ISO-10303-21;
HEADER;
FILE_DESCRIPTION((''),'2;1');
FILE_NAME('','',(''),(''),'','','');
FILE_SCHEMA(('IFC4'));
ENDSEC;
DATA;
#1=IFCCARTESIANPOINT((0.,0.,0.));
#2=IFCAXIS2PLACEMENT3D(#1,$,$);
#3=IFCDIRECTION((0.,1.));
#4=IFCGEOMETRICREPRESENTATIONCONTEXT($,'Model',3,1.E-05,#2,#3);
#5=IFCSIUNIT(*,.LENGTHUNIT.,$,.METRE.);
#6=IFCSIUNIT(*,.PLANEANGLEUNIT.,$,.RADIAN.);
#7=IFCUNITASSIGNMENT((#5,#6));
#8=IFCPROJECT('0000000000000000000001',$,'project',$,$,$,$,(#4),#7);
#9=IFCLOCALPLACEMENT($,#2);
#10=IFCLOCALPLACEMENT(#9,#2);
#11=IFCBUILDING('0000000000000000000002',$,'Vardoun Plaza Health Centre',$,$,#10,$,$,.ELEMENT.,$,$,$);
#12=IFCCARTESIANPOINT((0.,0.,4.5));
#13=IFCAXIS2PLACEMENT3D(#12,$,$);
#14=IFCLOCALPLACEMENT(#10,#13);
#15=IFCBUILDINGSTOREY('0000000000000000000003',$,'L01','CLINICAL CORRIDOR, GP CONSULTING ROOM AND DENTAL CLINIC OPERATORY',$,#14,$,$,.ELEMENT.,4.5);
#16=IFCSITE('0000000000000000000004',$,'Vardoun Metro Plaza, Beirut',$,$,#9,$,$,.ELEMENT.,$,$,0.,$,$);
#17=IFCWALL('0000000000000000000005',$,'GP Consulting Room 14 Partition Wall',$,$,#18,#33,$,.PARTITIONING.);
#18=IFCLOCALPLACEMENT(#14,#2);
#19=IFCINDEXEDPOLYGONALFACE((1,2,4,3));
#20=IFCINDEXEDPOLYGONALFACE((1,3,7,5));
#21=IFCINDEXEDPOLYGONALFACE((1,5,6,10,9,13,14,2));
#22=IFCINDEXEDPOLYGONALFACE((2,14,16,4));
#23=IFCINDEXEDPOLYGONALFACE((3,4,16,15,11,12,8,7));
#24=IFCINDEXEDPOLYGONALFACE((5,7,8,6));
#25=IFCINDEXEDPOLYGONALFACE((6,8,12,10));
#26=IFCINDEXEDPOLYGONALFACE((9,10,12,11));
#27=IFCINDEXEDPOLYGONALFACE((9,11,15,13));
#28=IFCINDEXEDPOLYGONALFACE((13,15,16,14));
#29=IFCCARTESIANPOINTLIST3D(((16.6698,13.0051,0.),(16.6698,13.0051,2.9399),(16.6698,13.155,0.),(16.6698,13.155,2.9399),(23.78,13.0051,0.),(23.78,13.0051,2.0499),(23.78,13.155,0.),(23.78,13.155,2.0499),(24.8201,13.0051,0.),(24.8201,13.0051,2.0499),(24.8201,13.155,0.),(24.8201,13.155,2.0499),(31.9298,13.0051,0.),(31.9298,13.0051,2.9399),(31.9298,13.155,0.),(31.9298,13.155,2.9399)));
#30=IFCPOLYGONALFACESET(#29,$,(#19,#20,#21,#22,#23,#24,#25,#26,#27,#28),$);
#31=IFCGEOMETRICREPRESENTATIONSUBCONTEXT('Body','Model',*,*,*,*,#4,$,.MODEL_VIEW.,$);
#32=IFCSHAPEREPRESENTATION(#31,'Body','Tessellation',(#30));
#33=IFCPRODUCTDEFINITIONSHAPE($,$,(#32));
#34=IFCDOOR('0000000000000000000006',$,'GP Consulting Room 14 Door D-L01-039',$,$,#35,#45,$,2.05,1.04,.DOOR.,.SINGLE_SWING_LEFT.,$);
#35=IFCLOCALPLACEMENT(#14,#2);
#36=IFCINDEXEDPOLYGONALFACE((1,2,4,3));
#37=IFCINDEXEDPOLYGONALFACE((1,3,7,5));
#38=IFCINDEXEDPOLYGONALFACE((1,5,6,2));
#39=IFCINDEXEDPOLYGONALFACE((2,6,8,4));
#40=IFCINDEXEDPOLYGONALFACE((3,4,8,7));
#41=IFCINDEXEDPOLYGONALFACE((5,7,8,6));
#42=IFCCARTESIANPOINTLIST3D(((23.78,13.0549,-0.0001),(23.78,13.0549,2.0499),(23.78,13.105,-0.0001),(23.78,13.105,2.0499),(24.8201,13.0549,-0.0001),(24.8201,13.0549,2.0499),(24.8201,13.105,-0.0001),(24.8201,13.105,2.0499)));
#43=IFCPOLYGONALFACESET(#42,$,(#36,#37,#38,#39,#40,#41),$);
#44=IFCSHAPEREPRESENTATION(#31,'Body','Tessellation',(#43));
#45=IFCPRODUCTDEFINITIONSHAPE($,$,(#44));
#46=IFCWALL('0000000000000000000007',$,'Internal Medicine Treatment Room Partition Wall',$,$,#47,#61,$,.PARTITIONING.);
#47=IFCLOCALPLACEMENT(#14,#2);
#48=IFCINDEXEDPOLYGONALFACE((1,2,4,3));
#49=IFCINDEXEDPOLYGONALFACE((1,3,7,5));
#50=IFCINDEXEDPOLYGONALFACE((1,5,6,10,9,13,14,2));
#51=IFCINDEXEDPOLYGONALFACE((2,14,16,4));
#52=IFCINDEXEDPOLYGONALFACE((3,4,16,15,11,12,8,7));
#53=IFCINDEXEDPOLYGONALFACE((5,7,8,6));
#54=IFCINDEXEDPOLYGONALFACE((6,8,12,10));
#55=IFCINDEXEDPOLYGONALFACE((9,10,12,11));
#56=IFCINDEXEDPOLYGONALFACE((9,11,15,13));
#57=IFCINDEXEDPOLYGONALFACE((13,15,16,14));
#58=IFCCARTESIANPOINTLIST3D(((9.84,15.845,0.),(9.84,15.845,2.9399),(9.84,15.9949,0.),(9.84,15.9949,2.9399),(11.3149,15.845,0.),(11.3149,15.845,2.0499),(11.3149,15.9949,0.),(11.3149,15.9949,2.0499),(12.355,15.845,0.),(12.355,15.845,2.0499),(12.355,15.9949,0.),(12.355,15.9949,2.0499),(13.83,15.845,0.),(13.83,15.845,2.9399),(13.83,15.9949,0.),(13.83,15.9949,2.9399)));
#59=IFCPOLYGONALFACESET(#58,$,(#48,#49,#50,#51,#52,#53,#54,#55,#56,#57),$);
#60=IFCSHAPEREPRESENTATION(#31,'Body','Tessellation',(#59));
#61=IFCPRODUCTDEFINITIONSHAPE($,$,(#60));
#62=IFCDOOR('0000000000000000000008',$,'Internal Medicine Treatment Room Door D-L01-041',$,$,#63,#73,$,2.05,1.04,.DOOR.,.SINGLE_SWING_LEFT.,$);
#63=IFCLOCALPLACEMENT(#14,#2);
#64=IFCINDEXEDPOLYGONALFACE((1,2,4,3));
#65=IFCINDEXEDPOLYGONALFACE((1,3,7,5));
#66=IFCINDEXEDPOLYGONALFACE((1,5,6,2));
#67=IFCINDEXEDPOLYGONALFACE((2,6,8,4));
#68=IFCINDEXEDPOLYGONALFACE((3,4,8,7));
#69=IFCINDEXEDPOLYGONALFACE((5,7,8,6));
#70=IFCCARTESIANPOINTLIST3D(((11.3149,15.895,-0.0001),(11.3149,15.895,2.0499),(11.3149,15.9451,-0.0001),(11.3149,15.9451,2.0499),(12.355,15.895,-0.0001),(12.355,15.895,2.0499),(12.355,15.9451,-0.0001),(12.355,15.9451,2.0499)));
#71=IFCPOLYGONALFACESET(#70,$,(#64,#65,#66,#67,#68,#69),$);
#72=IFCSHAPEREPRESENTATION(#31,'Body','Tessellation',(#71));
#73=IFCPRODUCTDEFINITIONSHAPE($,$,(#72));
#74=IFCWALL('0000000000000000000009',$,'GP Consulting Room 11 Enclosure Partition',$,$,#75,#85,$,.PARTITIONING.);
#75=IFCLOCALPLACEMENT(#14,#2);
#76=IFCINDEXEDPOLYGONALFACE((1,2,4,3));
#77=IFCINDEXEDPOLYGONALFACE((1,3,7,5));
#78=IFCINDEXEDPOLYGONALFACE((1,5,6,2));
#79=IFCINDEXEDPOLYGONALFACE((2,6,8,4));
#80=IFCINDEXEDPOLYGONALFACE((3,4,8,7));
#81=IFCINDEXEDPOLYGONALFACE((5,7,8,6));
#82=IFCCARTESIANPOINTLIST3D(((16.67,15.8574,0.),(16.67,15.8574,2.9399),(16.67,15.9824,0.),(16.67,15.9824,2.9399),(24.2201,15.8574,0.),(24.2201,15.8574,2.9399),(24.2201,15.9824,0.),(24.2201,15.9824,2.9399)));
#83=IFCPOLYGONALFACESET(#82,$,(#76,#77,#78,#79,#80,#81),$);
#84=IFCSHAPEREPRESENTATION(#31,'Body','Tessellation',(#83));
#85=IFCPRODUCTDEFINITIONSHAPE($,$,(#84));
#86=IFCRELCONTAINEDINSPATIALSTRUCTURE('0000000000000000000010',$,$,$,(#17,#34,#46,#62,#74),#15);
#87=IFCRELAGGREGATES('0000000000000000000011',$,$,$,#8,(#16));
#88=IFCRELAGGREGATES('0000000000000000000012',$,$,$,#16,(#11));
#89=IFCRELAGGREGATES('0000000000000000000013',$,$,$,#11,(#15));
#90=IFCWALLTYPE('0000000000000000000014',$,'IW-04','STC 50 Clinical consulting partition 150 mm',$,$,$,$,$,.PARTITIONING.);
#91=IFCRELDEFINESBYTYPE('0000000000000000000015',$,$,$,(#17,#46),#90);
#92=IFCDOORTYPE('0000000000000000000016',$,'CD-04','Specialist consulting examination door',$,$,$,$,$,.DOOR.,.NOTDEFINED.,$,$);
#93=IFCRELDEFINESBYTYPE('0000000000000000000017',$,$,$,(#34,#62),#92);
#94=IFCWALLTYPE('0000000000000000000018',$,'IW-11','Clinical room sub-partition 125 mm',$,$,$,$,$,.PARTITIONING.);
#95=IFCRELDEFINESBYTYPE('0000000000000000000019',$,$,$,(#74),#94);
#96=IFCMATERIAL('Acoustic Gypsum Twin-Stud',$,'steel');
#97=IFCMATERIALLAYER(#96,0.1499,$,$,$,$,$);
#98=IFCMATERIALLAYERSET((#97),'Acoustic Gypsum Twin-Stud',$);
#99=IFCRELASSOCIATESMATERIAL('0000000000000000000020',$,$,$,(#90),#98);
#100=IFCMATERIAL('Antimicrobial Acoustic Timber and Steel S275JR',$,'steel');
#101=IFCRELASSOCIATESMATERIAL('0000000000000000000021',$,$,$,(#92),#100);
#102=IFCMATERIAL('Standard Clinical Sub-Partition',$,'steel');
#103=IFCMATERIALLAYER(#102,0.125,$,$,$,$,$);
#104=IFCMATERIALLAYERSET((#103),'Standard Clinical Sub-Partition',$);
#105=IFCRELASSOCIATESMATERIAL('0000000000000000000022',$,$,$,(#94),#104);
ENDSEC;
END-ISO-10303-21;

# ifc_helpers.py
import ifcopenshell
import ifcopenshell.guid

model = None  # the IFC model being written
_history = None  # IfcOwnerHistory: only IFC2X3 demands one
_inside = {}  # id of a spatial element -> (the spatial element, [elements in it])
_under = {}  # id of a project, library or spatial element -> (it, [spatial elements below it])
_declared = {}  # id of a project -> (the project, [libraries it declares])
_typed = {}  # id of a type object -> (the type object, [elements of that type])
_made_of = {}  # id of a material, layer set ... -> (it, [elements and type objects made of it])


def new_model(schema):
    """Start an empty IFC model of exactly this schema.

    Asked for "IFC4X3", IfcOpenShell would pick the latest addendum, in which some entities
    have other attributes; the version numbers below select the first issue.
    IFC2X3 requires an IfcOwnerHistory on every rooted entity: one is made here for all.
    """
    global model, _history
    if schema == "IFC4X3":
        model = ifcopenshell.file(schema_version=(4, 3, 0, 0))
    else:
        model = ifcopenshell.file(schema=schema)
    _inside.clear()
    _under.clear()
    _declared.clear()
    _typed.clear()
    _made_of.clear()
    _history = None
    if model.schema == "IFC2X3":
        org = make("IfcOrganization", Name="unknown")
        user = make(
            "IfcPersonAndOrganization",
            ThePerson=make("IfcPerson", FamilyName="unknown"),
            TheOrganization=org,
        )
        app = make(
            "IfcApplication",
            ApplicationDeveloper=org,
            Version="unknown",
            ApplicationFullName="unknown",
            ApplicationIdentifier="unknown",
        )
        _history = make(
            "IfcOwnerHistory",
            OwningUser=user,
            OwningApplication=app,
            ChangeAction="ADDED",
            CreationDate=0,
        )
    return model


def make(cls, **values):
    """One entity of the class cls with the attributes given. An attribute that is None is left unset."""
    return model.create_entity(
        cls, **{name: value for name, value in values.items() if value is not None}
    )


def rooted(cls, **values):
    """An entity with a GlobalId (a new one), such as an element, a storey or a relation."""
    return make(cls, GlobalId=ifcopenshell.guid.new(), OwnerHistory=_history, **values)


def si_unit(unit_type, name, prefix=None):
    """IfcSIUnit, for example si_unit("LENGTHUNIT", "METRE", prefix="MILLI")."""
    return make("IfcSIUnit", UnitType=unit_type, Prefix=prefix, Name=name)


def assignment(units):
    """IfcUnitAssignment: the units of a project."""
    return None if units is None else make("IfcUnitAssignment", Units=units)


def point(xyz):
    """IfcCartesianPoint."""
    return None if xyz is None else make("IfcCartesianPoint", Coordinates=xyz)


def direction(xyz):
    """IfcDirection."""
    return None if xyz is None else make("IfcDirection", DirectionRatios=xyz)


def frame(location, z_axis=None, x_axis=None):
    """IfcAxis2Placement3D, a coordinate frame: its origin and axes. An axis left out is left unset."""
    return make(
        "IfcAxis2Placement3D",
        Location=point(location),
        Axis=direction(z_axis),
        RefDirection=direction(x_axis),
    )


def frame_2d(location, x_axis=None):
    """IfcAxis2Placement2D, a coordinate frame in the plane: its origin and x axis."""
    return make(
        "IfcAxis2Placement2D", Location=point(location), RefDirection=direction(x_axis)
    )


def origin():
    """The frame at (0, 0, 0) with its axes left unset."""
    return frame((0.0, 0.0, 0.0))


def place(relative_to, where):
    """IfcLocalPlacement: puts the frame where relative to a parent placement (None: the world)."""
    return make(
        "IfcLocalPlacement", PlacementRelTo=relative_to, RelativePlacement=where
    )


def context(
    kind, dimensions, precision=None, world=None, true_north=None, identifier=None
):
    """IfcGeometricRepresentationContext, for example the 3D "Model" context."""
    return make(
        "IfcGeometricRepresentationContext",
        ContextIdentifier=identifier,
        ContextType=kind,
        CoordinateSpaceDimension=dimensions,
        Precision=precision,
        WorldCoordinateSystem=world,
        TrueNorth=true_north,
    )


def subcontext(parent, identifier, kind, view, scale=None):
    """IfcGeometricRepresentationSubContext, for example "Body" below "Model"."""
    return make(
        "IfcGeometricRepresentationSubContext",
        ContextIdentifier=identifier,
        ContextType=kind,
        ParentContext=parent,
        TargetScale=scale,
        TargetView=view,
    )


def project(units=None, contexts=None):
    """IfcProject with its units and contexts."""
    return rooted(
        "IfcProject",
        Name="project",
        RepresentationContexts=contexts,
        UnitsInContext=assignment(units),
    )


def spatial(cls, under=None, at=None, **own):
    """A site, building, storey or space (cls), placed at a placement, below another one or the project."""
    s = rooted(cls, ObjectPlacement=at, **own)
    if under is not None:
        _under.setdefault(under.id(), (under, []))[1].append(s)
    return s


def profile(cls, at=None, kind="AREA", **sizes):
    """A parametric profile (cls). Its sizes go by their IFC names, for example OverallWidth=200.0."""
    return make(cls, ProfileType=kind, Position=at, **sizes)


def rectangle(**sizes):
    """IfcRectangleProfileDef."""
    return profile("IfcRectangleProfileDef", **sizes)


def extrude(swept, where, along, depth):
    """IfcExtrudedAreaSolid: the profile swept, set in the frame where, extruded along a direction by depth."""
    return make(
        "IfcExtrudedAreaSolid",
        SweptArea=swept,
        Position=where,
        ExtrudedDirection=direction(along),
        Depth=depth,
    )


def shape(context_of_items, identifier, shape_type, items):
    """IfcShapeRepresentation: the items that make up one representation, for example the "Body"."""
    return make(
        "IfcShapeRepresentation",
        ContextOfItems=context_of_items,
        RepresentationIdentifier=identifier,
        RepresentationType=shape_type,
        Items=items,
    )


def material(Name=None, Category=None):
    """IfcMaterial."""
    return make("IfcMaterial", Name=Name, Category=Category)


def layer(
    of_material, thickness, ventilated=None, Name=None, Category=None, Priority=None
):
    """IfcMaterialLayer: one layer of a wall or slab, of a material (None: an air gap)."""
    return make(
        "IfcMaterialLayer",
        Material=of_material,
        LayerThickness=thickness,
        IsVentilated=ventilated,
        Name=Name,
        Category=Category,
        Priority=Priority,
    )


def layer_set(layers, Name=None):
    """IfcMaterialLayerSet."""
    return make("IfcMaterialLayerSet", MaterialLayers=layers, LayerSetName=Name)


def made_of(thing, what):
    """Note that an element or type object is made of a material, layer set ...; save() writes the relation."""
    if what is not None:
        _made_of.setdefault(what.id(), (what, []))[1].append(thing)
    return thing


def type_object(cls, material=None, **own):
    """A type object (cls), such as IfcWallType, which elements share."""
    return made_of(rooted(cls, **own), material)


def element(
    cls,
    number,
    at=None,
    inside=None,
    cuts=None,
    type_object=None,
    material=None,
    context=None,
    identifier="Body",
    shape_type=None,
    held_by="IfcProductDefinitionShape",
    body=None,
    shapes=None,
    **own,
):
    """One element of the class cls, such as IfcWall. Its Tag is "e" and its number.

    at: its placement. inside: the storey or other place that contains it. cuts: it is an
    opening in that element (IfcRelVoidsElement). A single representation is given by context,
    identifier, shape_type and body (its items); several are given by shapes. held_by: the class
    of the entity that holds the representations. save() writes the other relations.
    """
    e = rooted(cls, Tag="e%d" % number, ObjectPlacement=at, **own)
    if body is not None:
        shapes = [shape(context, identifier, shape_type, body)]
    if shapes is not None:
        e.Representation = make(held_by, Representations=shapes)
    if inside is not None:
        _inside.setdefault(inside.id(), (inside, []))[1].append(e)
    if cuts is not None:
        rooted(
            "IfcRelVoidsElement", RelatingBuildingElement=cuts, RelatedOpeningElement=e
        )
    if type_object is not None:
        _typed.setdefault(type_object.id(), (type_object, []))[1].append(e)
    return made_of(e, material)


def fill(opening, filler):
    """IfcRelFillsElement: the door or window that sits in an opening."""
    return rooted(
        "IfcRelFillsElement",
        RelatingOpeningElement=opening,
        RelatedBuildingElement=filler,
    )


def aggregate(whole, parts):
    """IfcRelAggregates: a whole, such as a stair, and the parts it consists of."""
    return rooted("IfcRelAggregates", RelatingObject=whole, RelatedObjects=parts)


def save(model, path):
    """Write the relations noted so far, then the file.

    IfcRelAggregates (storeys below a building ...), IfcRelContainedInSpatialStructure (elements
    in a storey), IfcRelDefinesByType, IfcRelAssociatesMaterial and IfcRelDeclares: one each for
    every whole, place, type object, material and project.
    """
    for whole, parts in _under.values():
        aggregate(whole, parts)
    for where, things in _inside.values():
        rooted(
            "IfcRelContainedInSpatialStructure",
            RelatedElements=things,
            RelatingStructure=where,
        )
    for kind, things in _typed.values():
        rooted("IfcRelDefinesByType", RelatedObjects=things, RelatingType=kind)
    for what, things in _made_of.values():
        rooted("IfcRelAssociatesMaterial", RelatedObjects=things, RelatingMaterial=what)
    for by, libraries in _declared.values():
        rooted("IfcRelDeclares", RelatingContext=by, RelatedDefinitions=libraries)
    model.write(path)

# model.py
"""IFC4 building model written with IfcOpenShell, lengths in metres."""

from ifc_helpers import new_model, si_unit, direction, frame, frame_2d, origin, place, context, subcontext, project, spatial, rectangle, extrude, material, layer, layer_set, type_object, element, fill, save


model = new_model("IFC4")

# Units and contexts
model_context = context("Model", 3, precision=1e-05, world=origin(), true_north=direction((0.0, 1.0)))
body_context = subcontext(model_context, "Body", "Model", "MODEL_VIEW")
ifc_project = project(units=[si_unit("LENGTHUNIT", "METRE"), si_unit("PLANEANGLEUNIT", "RADIAN")], contexts=[model_context])

# Site, building, storey
site_placement = place(None, origin())
site = spatial("IfcSite", under=ifc_project, at=site_placement, Name="Vardoun Metro Plaza, Beirut", CompositionType="ELEMENT", RefElevation=0.0)
building_placement = place(site_placement, origin())
building = spatial("IfcBuilding", under=site, at=building_placement, Name="Vardoun Plaza Health Centre", CompositionType="ELEMENT")
storey_placement = place(building_placement, frame((0.0, 0.0, 4.5)))
storey = spatial("IfcBuildingStorey", under=building, at=storey_placement, Name="L01", Description="CLINICAL CORRIDOR, GP CONSULTING ROOM AND DENTAL CLINIC OPERATORY", CompositionType="ELEMENT", Elevation=4.5)

# Walls, openings, doors
ifc_material_1 = material(Name="Acoustic Gypsum Twin-Stud", Category="steel")
ifc_layer_1 = layer(ifc_material_1, 0.1499)
ifc_layer_set_1 = layer_set([ifc_layer_1], Name="Acoustic Gypsum Twin-Stud")
wall_type_1 = type_object("IfcWallType", Name="IW-04", Description="STC 50 Clinical consulting partition 150 mm", PredefinedType="PARTITIONING", material=ifc_layer_set_1)
wall_1_placement = place(storey_placement, frame((16.6699, 13.0801, 0.0), z_axis=(0.0, 0.0, 1.0), x_axis=(1.0, 0.0, 0.0)))
wall_1 = element("IfcWall", 1, at=wall_1_placement, inside=storey, type_object=wall_type_1, Name="GP Consulting Room 14 Partition Wall", PredefinedType="PARTITIONING", context=body_context, shape_type="SweptSolid", body=[
    extrude(rectangle(XDim=15.26, YDim=0.1499, at=frame_2d((7.6299, 0.0))), origin(), (0.0, 0.0, 1.0), 2.9399),
])
opening_1_placement = place(wall_1_placement, frame((7.1101, 0.0, 0.0)))
opening_1 = element("IfcOpeningElement", 2, at=opening_1_placement, cuts=wall_1, PredefinedType="OPENING", context=body_context, shape_type="SweptSolid", body=[
    extrude(rectangle(XDim=1.04, YDim=2.05, at=frame_2d((0.52, 1.0249))), frame((0.0, 0.075, 0.0), z_axis=(0.0, -1.0, 0.0), x_axis=(1.0, 0.0, 0.0)), (0.0, 0.0, 1.0), 0.1499),
])
ifc_material_2 = material(Name="Antimicrobial Acoustic Timber and Steel S275JR", Category="steel")
door_type_1 = type_object("IfcDoorType", Name="CD-04", Description="Specialist consulting examination door", OperationType="NOTDEFINED", PredefinedType="DOOR", material=ifc_material_2)
door_1_placement = place(opening_1_placement, origin())
door_1 = element("IfcDoor", 3, at=door_1_placement, inside=storey, type_object=door_type_1, Name="GP Consulting Room 14 Door D-L01-039", OperationType="SINGLE_SWING_LEFT", OverallHeight=2.05, OverallWidth=1.04, PredefinedType="DOOR", context=body_context, shape_type="SweptSolid", body=[
    extrude(rectangle(XDim=1.04, YDim=2.05, at=frame_2d((0.52, 1.0249))), frame((0.0, 0.0249, 0.0), z_axis=(0.0, -1.0, 0.0), x_axis=(1.0, 0.0, 0.0)), (0.0, 0.0, 1.0), 0.05),
])
fill(opening_1, door_1)
wall_2_placement = place(storey_placement, frame((13.8301, 15.9199, 0.0), z_axis=(0.0, 0.0, 1.0), x_axis=(-1.0, 0.0, 0.0)))
wall_2 = element("IfcWall", 4, at=wall_2_placement, inside=storey, type_object=wall_type_1, Name="Internal Medicine Treatment Room Partition Wall", PredefinedType="PARTITIONING", context=body_context, shape_type="SweptSolid", body=[
    extrude(rectangle(XDim=3.99, YDim=0.1499, at=frame_2d((1.9951, 0.0))), origin(), (0.0, 0.0, 1.0), 2.9399),
])
opening_2_placement = place(wall_2_placement, frame((1.4751, 0.0, 0.0)))
opening_2 = element("IfcOpeningElement", 5, at=opening_2_placement, cuts=wall_2, PredefinedType="OPENING", context=body_context, shape_type="SweptSolid", body=[
    extrude(rectangle(XDim=1.04, YDim=2.05, at=frame_2d((0.52, 1.0249))), frame((0.0, 0.075, 0.0), z_axis=(0.0, -1.0, 0.0), x_axis=(1.0, 0.0, 0.0)), (0.0, 0.0, 1.0), 0.1499),
])
door_2_placement = place(opening_2_placement, origin())
door_2 = element("IfcDoor", 6, at=door_2_placement, inside=storey, type_object=door_type_1, Name="Internal Medicine Treatment Room Door D-L01-041", OperationType="SINGLE_SWING_LEFT", OverallHeight=2.05, OverallWidth=1.04, PredefinedType="DOOR", context=body_context, shape_type="SweptSolid", body=[
    extrude(rectangle(XDim=1.04, YDim=2.05, at=frame_2d((0.52, 1.0249))), frame((0.0, 0.0249, 0.0), z_axis=(0.0, -1.0, 0.0), x_axis=(1.0, 0.0, 0.0)), (0.0, 0.0, 1.0), 0.05),
])
fill(opening_2, door_2)

# Wall
ifc_material_3 = material(Name="Standard Clinical Sub-Partition", Category="steel")
ifc_layer_2 = layer(ifc_material_3, 0.125)
ifc_layer_set_2 = layer_set([ifc_layer_2], Name="Standard Clinical Sub-Partition")
wall_type_2 = type_object("IfcWallType", Name="IW-11", Description="Clinical room sub-partition 125 mm", PredefinedType="PARTITIONING", material=ifc_layer_set_2)
wall_3_placement = place(storey_placement, frame((24.22, 15.9199, 0.0), z_axis=(0.0, 0.0, 1.0), x_axis=(-1.0, 0.0, 0.0)))
element("IfcWall", 7, at=wall_3_placement, inside=storey, type_object=wall_type_2, Name="GP Consulting Room 11 Enclosure Partition", PredefinedType="PARTITIONING", context=body_context, shape_type="SweptSolid", body=[
    extrude(rectangle(XDim=7.55, YDim=0.125, at=frame_2d((3.7749, 0.0))), origin(), (0.0, 0.0, 1.0), 2.9399),
])

save(model, "model.ifc")
